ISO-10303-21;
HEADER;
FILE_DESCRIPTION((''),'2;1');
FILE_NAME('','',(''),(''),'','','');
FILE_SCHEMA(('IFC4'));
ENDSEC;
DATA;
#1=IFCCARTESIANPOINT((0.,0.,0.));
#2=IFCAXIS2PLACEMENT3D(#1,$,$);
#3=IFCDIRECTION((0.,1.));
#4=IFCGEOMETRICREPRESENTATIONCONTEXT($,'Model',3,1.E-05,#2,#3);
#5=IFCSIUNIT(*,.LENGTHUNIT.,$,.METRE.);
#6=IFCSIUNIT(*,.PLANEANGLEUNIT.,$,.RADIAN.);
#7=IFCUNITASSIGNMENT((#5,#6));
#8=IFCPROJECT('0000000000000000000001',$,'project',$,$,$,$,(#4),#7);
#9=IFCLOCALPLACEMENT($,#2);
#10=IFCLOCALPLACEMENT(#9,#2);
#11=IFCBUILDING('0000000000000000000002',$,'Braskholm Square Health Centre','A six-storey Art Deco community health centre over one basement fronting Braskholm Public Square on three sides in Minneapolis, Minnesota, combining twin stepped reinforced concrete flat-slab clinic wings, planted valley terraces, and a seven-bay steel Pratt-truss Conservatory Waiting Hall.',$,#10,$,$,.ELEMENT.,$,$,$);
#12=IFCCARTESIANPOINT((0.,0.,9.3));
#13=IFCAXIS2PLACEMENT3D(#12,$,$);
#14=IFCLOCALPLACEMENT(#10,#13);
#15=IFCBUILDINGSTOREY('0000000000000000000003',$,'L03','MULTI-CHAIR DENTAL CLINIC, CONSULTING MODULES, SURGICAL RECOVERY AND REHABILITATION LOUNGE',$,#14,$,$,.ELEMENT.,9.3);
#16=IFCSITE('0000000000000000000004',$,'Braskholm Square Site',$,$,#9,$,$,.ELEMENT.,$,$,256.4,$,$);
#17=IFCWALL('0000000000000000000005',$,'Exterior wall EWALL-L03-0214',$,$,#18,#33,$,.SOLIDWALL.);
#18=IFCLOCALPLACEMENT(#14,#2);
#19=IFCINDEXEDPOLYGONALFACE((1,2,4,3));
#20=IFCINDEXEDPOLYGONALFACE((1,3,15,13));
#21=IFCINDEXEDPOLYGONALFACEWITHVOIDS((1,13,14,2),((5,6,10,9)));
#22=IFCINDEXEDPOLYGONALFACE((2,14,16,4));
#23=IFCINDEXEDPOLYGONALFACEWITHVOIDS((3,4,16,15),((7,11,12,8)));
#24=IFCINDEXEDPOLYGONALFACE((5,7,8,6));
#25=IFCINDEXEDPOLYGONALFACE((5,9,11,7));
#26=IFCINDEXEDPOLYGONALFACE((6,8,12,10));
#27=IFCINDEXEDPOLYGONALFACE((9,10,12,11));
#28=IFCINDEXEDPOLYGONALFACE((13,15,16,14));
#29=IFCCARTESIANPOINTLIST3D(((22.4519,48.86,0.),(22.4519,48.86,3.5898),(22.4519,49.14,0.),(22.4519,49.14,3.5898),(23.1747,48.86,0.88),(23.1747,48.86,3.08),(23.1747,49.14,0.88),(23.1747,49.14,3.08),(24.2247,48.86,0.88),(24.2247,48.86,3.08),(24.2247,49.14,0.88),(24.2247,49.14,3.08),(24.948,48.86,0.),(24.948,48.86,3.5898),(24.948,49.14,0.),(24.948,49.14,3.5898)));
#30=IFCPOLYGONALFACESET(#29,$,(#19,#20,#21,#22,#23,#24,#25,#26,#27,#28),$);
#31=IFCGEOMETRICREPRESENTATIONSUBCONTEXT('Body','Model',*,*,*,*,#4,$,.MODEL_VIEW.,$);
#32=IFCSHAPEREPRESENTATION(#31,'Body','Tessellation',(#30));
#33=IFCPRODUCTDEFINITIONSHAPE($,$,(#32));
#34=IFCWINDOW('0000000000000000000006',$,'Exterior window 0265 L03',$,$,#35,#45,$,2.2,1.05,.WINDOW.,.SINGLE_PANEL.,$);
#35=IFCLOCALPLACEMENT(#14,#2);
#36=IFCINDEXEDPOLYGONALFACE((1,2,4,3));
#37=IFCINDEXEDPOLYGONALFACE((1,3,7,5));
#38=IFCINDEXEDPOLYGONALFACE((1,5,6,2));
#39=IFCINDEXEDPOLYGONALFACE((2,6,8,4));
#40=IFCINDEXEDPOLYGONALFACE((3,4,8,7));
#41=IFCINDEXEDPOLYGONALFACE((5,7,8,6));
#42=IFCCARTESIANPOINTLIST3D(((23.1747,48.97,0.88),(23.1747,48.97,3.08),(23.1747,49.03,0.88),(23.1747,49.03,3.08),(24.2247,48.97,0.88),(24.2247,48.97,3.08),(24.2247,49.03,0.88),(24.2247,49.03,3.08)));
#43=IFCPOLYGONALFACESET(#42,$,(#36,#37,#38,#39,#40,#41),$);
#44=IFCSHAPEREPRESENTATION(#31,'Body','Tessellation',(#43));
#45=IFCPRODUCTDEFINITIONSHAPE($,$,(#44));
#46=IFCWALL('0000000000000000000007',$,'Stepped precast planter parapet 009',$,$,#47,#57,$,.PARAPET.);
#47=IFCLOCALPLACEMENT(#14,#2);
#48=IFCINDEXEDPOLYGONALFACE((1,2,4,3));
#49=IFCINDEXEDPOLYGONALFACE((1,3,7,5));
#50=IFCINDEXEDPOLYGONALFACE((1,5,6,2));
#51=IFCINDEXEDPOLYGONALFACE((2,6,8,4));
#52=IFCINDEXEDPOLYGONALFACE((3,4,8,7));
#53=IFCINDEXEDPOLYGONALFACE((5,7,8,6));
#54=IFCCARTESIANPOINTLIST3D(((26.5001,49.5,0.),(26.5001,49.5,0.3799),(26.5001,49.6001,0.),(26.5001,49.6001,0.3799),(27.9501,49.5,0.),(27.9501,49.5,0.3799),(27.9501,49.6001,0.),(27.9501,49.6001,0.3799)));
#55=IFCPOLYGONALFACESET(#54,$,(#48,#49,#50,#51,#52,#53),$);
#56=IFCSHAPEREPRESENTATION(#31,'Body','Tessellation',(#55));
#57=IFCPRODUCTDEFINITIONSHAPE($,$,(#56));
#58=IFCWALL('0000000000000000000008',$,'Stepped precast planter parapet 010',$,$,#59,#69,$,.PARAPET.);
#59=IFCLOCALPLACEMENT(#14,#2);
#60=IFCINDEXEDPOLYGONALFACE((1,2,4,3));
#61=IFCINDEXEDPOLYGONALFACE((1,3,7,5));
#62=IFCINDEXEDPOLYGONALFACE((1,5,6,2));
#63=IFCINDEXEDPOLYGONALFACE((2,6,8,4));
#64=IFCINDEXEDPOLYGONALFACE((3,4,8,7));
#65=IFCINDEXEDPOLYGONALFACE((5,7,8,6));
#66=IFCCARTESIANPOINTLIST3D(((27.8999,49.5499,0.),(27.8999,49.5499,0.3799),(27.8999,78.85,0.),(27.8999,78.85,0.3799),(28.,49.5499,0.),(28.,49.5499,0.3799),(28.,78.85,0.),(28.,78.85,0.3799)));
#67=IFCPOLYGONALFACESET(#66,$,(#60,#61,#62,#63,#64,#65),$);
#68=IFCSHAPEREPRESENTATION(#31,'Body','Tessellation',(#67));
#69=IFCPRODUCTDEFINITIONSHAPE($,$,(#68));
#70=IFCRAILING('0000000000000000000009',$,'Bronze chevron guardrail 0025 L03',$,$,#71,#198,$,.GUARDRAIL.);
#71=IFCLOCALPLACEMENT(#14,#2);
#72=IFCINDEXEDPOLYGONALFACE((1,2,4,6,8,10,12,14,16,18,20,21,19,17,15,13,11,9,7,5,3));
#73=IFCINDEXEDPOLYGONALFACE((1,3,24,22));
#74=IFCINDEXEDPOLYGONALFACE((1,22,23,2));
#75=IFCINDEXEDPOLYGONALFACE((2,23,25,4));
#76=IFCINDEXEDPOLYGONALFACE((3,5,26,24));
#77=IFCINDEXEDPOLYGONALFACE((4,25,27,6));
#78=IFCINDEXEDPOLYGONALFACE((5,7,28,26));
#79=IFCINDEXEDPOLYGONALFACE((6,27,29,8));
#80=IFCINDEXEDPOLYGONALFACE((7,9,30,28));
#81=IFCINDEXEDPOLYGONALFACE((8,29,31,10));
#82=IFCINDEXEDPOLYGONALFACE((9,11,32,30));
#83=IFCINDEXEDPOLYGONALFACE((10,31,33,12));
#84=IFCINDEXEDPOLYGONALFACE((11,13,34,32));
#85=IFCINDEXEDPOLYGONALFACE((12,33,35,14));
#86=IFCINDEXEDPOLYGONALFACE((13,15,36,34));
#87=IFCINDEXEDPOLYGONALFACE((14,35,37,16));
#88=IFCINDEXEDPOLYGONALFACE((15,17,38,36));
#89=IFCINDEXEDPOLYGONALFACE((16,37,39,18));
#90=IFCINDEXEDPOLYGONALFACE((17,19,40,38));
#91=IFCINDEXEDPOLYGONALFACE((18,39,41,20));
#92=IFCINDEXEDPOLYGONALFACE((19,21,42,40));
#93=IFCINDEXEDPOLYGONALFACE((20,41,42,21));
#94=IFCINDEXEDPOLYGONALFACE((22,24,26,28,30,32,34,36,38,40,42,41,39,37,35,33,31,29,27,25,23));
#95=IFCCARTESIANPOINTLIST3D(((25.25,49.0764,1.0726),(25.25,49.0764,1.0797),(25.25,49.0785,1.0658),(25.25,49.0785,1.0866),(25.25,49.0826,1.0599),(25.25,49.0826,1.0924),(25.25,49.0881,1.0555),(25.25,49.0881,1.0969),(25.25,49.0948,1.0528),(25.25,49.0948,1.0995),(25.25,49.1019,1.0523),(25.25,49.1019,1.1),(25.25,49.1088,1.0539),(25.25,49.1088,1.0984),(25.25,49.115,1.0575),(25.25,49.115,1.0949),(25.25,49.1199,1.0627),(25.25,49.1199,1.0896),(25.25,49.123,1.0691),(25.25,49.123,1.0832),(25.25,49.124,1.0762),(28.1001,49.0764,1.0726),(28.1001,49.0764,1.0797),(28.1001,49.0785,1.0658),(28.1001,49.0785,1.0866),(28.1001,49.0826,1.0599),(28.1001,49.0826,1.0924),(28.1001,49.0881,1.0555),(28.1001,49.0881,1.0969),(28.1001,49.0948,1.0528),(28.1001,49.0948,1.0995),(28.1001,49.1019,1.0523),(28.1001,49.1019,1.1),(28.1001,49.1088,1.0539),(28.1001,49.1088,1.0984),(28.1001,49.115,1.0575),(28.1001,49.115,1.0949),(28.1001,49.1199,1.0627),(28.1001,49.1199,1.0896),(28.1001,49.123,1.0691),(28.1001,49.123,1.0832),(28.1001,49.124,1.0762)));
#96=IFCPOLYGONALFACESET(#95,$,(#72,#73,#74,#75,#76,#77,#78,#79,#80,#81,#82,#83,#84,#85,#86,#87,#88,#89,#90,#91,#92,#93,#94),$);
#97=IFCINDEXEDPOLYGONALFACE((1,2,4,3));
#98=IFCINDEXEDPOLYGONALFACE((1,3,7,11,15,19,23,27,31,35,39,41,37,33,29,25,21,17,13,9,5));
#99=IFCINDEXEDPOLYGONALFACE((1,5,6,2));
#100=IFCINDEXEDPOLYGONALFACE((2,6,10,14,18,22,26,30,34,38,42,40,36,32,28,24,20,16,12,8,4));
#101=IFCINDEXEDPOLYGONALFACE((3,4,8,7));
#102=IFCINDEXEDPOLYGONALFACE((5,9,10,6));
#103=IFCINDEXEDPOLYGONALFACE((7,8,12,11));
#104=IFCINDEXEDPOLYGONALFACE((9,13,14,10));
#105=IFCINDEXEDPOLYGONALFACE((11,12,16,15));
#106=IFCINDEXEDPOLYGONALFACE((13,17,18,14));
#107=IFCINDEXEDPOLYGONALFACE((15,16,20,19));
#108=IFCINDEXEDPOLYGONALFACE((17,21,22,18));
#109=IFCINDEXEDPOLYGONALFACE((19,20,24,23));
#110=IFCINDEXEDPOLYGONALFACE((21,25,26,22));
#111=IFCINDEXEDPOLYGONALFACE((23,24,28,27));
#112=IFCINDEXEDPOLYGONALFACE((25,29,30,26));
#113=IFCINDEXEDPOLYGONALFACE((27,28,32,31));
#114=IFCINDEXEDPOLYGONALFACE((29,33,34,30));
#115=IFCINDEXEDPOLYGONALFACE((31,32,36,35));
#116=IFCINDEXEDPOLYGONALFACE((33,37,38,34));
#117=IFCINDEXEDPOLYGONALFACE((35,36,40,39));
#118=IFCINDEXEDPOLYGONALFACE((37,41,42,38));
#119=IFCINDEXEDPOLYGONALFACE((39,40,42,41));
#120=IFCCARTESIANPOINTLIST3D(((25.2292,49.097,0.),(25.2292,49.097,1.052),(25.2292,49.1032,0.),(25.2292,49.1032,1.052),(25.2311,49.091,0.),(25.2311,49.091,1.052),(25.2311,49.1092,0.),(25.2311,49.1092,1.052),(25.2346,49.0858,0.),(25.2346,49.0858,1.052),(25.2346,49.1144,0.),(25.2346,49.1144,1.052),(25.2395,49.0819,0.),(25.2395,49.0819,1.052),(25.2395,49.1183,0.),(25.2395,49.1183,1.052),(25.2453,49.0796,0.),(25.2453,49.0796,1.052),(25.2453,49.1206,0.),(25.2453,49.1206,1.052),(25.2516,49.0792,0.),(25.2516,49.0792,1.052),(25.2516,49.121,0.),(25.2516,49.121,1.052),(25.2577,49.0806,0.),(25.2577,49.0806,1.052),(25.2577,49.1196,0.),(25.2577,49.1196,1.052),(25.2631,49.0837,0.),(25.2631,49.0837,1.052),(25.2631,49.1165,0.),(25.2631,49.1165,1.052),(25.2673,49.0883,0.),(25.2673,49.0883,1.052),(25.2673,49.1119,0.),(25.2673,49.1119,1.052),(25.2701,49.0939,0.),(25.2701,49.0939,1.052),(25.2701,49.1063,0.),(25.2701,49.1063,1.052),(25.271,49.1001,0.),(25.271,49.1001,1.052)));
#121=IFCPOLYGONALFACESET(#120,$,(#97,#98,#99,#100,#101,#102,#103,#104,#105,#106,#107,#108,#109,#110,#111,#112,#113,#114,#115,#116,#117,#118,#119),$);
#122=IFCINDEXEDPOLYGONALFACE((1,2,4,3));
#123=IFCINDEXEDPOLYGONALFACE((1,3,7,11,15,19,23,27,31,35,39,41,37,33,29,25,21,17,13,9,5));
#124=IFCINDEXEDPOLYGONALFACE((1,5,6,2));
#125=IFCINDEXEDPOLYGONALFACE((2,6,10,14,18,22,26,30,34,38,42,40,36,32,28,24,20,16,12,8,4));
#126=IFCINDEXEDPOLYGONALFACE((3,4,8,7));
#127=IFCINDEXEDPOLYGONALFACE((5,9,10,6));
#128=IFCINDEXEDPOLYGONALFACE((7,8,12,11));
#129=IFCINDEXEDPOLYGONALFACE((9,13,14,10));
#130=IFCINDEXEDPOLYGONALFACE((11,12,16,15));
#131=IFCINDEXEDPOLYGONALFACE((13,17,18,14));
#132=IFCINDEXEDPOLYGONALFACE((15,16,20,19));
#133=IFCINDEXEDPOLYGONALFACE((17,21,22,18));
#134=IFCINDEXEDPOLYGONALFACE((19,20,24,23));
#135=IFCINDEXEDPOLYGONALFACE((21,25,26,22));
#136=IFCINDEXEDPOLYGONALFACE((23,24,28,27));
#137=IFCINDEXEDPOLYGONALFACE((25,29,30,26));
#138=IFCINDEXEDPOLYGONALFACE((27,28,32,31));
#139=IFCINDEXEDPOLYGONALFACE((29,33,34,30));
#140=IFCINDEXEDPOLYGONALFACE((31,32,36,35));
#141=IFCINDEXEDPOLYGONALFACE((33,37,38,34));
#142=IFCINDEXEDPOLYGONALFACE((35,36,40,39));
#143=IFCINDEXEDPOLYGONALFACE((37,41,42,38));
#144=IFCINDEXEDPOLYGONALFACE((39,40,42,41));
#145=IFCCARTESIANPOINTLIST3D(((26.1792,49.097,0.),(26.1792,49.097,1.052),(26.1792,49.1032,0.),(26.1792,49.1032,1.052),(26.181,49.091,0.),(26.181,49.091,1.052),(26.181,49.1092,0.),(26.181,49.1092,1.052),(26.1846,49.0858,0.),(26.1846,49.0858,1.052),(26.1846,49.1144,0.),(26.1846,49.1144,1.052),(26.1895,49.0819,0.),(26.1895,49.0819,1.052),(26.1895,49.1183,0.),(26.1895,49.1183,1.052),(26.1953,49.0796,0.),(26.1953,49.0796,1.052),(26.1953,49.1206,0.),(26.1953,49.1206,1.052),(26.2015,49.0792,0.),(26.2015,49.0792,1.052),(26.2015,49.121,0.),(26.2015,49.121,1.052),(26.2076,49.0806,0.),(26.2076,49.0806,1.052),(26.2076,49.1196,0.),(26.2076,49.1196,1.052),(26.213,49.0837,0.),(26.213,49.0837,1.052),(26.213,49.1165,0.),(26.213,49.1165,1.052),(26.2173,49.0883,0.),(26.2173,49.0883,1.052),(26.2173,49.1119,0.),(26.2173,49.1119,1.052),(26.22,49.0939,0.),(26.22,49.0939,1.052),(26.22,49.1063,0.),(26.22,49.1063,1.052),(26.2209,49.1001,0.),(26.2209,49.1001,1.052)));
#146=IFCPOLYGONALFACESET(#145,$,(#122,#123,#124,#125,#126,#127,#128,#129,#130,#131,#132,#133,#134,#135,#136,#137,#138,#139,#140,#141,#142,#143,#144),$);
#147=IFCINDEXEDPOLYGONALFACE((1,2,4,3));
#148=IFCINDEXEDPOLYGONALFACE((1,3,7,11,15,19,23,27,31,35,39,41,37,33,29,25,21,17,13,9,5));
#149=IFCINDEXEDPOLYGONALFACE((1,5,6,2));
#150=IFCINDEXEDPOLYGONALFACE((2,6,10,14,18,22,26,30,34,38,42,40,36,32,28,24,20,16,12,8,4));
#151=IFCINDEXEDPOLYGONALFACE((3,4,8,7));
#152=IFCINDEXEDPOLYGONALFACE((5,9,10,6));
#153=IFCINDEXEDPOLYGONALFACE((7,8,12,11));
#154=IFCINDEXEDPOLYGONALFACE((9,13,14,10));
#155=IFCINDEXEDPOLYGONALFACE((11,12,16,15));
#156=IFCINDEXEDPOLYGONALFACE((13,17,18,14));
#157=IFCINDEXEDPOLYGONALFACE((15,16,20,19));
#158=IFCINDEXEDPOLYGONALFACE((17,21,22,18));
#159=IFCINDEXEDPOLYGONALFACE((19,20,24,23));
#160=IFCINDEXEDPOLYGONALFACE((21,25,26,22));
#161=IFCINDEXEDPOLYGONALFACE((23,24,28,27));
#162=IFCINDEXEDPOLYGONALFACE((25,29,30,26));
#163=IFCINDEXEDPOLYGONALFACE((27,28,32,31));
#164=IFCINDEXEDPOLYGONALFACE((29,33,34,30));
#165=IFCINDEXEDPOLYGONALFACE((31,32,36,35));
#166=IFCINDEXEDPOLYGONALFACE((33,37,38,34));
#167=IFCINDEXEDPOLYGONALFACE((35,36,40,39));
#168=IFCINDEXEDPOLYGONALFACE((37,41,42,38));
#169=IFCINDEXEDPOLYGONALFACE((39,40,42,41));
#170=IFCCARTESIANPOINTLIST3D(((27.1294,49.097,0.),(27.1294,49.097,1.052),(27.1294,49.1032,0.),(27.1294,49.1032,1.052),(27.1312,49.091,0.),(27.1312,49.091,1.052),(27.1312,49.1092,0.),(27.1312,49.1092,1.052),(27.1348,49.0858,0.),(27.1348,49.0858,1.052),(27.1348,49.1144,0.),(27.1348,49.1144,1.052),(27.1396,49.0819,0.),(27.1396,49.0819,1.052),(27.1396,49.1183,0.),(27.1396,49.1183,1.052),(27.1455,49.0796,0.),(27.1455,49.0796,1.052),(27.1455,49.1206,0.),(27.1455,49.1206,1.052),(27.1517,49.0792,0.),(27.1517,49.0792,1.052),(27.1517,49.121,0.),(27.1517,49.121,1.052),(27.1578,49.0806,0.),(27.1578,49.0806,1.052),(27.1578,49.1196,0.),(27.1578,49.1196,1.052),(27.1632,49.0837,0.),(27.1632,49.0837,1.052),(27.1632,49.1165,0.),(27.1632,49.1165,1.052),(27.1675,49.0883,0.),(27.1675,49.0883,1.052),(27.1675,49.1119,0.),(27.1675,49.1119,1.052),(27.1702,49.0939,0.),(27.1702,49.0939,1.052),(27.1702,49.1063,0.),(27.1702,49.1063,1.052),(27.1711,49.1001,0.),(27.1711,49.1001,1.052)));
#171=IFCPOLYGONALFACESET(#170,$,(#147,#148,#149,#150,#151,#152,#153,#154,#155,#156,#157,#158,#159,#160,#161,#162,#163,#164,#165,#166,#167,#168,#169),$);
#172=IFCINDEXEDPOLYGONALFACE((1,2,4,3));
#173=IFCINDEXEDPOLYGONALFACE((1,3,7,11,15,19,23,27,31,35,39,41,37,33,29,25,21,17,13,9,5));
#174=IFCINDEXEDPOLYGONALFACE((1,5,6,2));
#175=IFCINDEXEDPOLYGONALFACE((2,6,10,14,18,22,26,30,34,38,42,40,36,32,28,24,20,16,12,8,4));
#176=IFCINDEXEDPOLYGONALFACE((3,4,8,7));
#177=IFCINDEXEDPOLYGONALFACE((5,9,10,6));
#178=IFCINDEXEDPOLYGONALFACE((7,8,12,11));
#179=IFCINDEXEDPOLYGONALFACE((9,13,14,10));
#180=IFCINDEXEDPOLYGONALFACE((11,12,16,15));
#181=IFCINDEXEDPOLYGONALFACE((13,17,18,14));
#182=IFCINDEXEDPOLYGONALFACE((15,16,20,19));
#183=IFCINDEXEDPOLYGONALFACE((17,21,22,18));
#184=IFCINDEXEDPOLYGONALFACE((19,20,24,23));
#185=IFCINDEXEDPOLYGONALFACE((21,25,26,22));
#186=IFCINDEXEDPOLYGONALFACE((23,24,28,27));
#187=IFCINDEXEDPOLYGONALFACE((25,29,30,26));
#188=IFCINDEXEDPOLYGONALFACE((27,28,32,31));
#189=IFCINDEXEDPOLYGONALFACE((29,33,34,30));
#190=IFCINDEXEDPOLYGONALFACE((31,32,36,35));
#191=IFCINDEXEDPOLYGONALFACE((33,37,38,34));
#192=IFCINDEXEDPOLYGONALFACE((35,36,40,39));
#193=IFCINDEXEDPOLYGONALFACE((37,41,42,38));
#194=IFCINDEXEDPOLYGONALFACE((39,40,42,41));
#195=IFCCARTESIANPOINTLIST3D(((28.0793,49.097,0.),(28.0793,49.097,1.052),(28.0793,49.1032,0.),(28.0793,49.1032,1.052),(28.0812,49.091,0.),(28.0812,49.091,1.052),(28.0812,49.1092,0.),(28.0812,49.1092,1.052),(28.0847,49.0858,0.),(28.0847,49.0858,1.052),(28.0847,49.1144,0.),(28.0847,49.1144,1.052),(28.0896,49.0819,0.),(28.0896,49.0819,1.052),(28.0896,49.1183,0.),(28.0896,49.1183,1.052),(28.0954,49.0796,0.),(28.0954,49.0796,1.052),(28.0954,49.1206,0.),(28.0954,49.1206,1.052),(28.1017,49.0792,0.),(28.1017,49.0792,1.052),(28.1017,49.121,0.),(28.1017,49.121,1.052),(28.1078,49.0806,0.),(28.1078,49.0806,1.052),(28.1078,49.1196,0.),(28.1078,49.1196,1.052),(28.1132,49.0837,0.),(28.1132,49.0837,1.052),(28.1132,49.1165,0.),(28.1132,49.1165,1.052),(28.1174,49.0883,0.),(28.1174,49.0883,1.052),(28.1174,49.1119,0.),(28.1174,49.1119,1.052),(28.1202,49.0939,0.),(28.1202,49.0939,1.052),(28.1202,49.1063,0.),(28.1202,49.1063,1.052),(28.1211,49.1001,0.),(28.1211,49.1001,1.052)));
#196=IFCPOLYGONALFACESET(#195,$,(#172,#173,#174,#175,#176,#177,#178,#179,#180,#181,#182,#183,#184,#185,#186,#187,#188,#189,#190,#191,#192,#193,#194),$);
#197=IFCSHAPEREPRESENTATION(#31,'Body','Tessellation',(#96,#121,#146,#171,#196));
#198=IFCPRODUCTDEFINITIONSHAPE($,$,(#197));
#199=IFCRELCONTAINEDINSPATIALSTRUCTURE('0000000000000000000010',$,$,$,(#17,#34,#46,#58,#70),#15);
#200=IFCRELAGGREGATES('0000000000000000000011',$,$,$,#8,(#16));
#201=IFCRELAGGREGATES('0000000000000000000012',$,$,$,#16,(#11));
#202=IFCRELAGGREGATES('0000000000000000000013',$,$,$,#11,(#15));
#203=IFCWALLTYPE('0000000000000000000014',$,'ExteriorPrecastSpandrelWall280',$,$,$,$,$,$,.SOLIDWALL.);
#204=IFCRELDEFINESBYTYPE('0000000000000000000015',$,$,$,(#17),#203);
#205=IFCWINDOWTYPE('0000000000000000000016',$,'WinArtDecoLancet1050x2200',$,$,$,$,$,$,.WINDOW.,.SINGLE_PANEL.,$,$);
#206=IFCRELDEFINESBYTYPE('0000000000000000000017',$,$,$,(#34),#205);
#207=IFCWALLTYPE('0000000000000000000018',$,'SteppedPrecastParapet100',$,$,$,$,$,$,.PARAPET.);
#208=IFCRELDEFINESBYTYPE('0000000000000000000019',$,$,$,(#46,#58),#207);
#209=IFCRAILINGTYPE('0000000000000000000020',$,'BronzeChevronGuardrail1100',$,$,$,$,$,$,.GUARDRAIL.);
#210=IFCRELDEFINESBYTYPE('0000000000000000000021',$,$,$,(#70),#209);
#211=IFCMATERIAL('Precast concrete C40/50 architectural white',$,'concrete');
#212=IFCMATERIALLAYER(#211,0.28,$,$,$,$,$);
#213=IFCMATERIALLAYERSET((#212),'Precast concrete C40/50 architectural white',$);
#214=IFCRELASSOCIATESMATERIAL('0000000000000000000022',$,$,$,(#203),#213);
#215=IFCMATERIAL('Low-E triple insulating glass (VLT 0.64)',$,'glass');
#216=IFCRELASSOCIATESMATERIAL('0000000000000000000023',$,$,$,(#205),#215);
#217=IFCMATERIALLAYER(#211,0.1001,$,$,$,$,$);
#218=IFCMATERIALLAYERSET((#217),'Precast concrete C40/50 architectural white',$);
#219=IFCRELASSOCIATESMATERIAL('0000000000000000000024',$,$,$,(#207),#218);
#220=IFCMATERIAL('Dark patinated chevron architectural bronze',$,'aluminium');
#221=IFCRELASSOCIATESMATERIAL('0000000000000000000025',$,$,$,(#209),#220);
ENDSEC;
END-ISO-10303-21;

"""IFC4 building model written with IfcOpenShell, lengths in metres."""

from ifc_helpers import new_model, si_unit, direction, frame, frame_2d, origin, origin_with_axes, origin_2d, place, context, subcontext, project, spatial, rectangle, circle, extrude, material, layer, layer_set, type_object, element, fill, save


model = new_model("IFC4")

# Units and contexts
model_context = context("Model", 3, precision=1e-05, world=origin(), true_north=direction((0.0, 1.0)))
body_context = subcontext(model_context, "Body", "Model", "MODEL_VIEW")
ifc_project = project(units=[si_unit("LENGTHUNIT", "METRE"), si_unit("PLANEANGLEUNIT", "RADIAN")], contexts=[model_context])

# Site, building, storey
site_placement = place(None, origin())
site = spatial("IfcSite", under=ifc_project, at=site_placement, Name="Braskholm Square Site", CompositionType="ELEMENT", RefElevation=256.4)
building_placement = place(site_placement, origin())
building = spatial("IfcBuilding", under=site, at=building_placement, Name="Braskholm Square Health Centre", Description="A six-storey Art Deco community health centre over one basement fronting Braskholm Public Square on three sides in Minneapolis, Minnesota, combining twin stepped reinforced concrete flat-slab clinic wings, planted valley terraces, and a seven-bay steel Pratt-truss Conservatory Waiting Hall.", CompositionType="ELEMENT")
storey_placement = place(building_placement, frame((0.0, 0.0, 9.3)))
storey = spatial("IfcBuildingStorey", under=building, at=storey_placement, Name="L03", Description="MULTI-CHAIR DENTAL CLINIC, CONSULTING MODULES, SURGICAL RECOVERY AND REHABILITATION LOUNGE", CompositionType="ELEMENT", Elevation=9.3)

# Shared definitions
ifc_material_1 = material(Name="Precast concrete C40/50 architectural white", Category="concrete")

# Wall, opening, window
ifc_layer_1 = layer(ifc_material_1, 0.28)
ifc_layer_set_1 = layer_set([ifc_layer_1], Name="Precast concrete C40/50 architectural white")
wall_type_1 = type_object("IfcWallType", Name="ExteriorPrecastSpandrelWall280", PredefinedType="SOLIDWALL", material=ifc_layer_set_1)
ifc_material_2 = material(Name="Low-E triple insulating glass (VLT 0.64)", Category="glass")
window_type_1 = type_object("IfcWindowType", Name="WinArtDecoLancet1050x2200", PartitioningType="SINGLE_PANEL", PredefinedType="WINDOW", material=ifc_material_2)
wall_1_placement = place(storey_placement, frame((22.4519, 49.0, 0.0), z_axis=(0.0, 0.0, 1.0), x_axis=(1.0, 0.0, 0.0)))
wall_1 = element("IfcWall", 1, at=wall_1_placement, inside=storey, type_object=wall_type_1, Name="Exterior wall EWALL-L03-0214", PredefinedType="SOLIDWALL", context=body_context, shape_type="SweptSolid", body=[
    extrude(rectangle(XDim=2.4961, YDim=0.28, at=frame_2d((1.248, 0.0))), origin(), (0.0, 0.0, 1.0), 3.5898),
])
opening_1_placement = place(wall_1_placement, frame((0.7229, 0.0, 0.8799)))
opening_1 = element("IfcOpeningElement", 2, at=opening_1_placement, cuts=wall_1, PredefinedType="OPENING", context=body_context, shape_type="SweptSolid", body=[
    extrude(rectangle(XDim=1.05, YDim=2.2, at=frame_2d((0.5249, 1.1001))), frame((0.0, 0.1499, 0.0), z_axis=(0.0, -1.0, 0.0), x_axis=(1.0, 0.0, 0.0)), (0.0, 0.0, 1.0), 0.3),
])
window_1_placement = place(opening_1_placement, origin_with_axes())
window_1 = element("IfcWindow", 3, at=window_1_placement, inside=storey, type_object=window_type_1, Name="Exterior window 0265 L03", OverallHeight=2.2, OverallWidth=1.05, PartitioningType="SINGLE_PANEL", PredefinedType="WINDOW", context=body_context, shape_type="SweptSolid", body=[
    extrude(rectangle(XDim=1.05, YDim=2.2, at=frame_2d((0.5249, 1.1001))), frame((0.0, 0.03, 0.0), z_axis=(0.0, -1.0, 0.0), x_axis=(1.0, 0.0, 0.0)), (0.0, 0.0, 1.0), 0.0601),
])
fill(opening_1, window_1)

# Walls
ifc_layer_2 = layer(ifc_material_1, 0.1001)
ifc_layer_set_2 = layer_set([ifc_layer_2], Name="Precast concrete C40/50 architectural white")
wall_type_2 = type_object("IfcWallType", Name="SteppedPrecastParapet100", PredefinedType="PARAPET", material=ifc_layer_set_2)
wall_2_placement = place(storey_placement, frame((26.5, 49.55, 0.0), z_axis=(0.0, 0.0, 1.0), x_axis=(1.0, 0.0, 0.0)))
element("IfcWall", 4, at=wall_2_placement, inside=storey, type_object=wall_type_2, Name="Stepped precast planter parapet 009", PredefinedType="PARAPET", context=body_context, shape_type="SweptSolid", body=[
    extrude(rectangle(XDim=1.45, YDim=0.1001, at=frame_2d((0.7251, 0.0))), origin(), (0.0, 0.0, 1.0), 0.3799),
])
wall_3_placement = place(storey_placement, frame((27.95, 49.55, 0.0), z_axis=(0.0, 0.0, 1.0), x_axis=(0.0, 1.0, 0.0)))
element("IfcWall", 5, at=wall_3_placement, inside=storey, type_object=wall_type_2, Name="Stepped precast planter parapet 010", PredefinedType="PARAPET", context=body_context, shape_type="SweptSolid", body=[
    extrude(rectangle(XDim=29.3, YDim=0.1001, at=frame_2d((14.6499, 0.0))), origin(), (0.0, 0.0, 1.0), 0.3799),
])

# Railing
ifc_material_3 = material(Name="Dark patinated chevron architectural bronze", Category="aluminium")
railing_type = type_object("IfcRailingType", Name="BronzeChevronGuardrail1100", PredefinedType="GUARDRAIL", material=ifc_material_3)
railing_1_placement = place(storey_placement, frame((25.25, 49.1001, 0.0)))
element("IfcRailing", 6, at=railing_1_placement, inside=storey, type_object=railing_type, Name="Bronze chevron guardrail 0025 L03", PredefinedType="GUARDRAIL", context=body_context, shape_type="SweptSolid", body=[
    extrude(circle(Radius=0.0239, at=origin_2d()), frame((0.0, 0.0, 1.0762), z_axis=(1.0, 0.0, 0.0), x_axis=(0.0, 1.0, 0.0)), (0.0, 0.0, 1.0), 2.8501),
    extrude(circle(Radius=0.021, at=origin_2d()), origin(), (0.0, 0.0, 1.0), 1.052),
    extrude(circle(Radius=0.021, at=origin_2d()), frame((0.95, 0.0, 0.0)), (0.0, 0.0, 1.0), 1.052),
    extrude(circle(Radius=0.021, at=origin_2d()), frame((1.9001, 0.0, 0.0)), (0.0, 0.0, 1.0), 1.052),
    extrude(circle(Radius=0.021, at=origin_2d()), frame((2.8501, 0.0, 0.0)), (0.0, 0.0, 1.0), 1.052),
])

save(model, "model.ifc")
